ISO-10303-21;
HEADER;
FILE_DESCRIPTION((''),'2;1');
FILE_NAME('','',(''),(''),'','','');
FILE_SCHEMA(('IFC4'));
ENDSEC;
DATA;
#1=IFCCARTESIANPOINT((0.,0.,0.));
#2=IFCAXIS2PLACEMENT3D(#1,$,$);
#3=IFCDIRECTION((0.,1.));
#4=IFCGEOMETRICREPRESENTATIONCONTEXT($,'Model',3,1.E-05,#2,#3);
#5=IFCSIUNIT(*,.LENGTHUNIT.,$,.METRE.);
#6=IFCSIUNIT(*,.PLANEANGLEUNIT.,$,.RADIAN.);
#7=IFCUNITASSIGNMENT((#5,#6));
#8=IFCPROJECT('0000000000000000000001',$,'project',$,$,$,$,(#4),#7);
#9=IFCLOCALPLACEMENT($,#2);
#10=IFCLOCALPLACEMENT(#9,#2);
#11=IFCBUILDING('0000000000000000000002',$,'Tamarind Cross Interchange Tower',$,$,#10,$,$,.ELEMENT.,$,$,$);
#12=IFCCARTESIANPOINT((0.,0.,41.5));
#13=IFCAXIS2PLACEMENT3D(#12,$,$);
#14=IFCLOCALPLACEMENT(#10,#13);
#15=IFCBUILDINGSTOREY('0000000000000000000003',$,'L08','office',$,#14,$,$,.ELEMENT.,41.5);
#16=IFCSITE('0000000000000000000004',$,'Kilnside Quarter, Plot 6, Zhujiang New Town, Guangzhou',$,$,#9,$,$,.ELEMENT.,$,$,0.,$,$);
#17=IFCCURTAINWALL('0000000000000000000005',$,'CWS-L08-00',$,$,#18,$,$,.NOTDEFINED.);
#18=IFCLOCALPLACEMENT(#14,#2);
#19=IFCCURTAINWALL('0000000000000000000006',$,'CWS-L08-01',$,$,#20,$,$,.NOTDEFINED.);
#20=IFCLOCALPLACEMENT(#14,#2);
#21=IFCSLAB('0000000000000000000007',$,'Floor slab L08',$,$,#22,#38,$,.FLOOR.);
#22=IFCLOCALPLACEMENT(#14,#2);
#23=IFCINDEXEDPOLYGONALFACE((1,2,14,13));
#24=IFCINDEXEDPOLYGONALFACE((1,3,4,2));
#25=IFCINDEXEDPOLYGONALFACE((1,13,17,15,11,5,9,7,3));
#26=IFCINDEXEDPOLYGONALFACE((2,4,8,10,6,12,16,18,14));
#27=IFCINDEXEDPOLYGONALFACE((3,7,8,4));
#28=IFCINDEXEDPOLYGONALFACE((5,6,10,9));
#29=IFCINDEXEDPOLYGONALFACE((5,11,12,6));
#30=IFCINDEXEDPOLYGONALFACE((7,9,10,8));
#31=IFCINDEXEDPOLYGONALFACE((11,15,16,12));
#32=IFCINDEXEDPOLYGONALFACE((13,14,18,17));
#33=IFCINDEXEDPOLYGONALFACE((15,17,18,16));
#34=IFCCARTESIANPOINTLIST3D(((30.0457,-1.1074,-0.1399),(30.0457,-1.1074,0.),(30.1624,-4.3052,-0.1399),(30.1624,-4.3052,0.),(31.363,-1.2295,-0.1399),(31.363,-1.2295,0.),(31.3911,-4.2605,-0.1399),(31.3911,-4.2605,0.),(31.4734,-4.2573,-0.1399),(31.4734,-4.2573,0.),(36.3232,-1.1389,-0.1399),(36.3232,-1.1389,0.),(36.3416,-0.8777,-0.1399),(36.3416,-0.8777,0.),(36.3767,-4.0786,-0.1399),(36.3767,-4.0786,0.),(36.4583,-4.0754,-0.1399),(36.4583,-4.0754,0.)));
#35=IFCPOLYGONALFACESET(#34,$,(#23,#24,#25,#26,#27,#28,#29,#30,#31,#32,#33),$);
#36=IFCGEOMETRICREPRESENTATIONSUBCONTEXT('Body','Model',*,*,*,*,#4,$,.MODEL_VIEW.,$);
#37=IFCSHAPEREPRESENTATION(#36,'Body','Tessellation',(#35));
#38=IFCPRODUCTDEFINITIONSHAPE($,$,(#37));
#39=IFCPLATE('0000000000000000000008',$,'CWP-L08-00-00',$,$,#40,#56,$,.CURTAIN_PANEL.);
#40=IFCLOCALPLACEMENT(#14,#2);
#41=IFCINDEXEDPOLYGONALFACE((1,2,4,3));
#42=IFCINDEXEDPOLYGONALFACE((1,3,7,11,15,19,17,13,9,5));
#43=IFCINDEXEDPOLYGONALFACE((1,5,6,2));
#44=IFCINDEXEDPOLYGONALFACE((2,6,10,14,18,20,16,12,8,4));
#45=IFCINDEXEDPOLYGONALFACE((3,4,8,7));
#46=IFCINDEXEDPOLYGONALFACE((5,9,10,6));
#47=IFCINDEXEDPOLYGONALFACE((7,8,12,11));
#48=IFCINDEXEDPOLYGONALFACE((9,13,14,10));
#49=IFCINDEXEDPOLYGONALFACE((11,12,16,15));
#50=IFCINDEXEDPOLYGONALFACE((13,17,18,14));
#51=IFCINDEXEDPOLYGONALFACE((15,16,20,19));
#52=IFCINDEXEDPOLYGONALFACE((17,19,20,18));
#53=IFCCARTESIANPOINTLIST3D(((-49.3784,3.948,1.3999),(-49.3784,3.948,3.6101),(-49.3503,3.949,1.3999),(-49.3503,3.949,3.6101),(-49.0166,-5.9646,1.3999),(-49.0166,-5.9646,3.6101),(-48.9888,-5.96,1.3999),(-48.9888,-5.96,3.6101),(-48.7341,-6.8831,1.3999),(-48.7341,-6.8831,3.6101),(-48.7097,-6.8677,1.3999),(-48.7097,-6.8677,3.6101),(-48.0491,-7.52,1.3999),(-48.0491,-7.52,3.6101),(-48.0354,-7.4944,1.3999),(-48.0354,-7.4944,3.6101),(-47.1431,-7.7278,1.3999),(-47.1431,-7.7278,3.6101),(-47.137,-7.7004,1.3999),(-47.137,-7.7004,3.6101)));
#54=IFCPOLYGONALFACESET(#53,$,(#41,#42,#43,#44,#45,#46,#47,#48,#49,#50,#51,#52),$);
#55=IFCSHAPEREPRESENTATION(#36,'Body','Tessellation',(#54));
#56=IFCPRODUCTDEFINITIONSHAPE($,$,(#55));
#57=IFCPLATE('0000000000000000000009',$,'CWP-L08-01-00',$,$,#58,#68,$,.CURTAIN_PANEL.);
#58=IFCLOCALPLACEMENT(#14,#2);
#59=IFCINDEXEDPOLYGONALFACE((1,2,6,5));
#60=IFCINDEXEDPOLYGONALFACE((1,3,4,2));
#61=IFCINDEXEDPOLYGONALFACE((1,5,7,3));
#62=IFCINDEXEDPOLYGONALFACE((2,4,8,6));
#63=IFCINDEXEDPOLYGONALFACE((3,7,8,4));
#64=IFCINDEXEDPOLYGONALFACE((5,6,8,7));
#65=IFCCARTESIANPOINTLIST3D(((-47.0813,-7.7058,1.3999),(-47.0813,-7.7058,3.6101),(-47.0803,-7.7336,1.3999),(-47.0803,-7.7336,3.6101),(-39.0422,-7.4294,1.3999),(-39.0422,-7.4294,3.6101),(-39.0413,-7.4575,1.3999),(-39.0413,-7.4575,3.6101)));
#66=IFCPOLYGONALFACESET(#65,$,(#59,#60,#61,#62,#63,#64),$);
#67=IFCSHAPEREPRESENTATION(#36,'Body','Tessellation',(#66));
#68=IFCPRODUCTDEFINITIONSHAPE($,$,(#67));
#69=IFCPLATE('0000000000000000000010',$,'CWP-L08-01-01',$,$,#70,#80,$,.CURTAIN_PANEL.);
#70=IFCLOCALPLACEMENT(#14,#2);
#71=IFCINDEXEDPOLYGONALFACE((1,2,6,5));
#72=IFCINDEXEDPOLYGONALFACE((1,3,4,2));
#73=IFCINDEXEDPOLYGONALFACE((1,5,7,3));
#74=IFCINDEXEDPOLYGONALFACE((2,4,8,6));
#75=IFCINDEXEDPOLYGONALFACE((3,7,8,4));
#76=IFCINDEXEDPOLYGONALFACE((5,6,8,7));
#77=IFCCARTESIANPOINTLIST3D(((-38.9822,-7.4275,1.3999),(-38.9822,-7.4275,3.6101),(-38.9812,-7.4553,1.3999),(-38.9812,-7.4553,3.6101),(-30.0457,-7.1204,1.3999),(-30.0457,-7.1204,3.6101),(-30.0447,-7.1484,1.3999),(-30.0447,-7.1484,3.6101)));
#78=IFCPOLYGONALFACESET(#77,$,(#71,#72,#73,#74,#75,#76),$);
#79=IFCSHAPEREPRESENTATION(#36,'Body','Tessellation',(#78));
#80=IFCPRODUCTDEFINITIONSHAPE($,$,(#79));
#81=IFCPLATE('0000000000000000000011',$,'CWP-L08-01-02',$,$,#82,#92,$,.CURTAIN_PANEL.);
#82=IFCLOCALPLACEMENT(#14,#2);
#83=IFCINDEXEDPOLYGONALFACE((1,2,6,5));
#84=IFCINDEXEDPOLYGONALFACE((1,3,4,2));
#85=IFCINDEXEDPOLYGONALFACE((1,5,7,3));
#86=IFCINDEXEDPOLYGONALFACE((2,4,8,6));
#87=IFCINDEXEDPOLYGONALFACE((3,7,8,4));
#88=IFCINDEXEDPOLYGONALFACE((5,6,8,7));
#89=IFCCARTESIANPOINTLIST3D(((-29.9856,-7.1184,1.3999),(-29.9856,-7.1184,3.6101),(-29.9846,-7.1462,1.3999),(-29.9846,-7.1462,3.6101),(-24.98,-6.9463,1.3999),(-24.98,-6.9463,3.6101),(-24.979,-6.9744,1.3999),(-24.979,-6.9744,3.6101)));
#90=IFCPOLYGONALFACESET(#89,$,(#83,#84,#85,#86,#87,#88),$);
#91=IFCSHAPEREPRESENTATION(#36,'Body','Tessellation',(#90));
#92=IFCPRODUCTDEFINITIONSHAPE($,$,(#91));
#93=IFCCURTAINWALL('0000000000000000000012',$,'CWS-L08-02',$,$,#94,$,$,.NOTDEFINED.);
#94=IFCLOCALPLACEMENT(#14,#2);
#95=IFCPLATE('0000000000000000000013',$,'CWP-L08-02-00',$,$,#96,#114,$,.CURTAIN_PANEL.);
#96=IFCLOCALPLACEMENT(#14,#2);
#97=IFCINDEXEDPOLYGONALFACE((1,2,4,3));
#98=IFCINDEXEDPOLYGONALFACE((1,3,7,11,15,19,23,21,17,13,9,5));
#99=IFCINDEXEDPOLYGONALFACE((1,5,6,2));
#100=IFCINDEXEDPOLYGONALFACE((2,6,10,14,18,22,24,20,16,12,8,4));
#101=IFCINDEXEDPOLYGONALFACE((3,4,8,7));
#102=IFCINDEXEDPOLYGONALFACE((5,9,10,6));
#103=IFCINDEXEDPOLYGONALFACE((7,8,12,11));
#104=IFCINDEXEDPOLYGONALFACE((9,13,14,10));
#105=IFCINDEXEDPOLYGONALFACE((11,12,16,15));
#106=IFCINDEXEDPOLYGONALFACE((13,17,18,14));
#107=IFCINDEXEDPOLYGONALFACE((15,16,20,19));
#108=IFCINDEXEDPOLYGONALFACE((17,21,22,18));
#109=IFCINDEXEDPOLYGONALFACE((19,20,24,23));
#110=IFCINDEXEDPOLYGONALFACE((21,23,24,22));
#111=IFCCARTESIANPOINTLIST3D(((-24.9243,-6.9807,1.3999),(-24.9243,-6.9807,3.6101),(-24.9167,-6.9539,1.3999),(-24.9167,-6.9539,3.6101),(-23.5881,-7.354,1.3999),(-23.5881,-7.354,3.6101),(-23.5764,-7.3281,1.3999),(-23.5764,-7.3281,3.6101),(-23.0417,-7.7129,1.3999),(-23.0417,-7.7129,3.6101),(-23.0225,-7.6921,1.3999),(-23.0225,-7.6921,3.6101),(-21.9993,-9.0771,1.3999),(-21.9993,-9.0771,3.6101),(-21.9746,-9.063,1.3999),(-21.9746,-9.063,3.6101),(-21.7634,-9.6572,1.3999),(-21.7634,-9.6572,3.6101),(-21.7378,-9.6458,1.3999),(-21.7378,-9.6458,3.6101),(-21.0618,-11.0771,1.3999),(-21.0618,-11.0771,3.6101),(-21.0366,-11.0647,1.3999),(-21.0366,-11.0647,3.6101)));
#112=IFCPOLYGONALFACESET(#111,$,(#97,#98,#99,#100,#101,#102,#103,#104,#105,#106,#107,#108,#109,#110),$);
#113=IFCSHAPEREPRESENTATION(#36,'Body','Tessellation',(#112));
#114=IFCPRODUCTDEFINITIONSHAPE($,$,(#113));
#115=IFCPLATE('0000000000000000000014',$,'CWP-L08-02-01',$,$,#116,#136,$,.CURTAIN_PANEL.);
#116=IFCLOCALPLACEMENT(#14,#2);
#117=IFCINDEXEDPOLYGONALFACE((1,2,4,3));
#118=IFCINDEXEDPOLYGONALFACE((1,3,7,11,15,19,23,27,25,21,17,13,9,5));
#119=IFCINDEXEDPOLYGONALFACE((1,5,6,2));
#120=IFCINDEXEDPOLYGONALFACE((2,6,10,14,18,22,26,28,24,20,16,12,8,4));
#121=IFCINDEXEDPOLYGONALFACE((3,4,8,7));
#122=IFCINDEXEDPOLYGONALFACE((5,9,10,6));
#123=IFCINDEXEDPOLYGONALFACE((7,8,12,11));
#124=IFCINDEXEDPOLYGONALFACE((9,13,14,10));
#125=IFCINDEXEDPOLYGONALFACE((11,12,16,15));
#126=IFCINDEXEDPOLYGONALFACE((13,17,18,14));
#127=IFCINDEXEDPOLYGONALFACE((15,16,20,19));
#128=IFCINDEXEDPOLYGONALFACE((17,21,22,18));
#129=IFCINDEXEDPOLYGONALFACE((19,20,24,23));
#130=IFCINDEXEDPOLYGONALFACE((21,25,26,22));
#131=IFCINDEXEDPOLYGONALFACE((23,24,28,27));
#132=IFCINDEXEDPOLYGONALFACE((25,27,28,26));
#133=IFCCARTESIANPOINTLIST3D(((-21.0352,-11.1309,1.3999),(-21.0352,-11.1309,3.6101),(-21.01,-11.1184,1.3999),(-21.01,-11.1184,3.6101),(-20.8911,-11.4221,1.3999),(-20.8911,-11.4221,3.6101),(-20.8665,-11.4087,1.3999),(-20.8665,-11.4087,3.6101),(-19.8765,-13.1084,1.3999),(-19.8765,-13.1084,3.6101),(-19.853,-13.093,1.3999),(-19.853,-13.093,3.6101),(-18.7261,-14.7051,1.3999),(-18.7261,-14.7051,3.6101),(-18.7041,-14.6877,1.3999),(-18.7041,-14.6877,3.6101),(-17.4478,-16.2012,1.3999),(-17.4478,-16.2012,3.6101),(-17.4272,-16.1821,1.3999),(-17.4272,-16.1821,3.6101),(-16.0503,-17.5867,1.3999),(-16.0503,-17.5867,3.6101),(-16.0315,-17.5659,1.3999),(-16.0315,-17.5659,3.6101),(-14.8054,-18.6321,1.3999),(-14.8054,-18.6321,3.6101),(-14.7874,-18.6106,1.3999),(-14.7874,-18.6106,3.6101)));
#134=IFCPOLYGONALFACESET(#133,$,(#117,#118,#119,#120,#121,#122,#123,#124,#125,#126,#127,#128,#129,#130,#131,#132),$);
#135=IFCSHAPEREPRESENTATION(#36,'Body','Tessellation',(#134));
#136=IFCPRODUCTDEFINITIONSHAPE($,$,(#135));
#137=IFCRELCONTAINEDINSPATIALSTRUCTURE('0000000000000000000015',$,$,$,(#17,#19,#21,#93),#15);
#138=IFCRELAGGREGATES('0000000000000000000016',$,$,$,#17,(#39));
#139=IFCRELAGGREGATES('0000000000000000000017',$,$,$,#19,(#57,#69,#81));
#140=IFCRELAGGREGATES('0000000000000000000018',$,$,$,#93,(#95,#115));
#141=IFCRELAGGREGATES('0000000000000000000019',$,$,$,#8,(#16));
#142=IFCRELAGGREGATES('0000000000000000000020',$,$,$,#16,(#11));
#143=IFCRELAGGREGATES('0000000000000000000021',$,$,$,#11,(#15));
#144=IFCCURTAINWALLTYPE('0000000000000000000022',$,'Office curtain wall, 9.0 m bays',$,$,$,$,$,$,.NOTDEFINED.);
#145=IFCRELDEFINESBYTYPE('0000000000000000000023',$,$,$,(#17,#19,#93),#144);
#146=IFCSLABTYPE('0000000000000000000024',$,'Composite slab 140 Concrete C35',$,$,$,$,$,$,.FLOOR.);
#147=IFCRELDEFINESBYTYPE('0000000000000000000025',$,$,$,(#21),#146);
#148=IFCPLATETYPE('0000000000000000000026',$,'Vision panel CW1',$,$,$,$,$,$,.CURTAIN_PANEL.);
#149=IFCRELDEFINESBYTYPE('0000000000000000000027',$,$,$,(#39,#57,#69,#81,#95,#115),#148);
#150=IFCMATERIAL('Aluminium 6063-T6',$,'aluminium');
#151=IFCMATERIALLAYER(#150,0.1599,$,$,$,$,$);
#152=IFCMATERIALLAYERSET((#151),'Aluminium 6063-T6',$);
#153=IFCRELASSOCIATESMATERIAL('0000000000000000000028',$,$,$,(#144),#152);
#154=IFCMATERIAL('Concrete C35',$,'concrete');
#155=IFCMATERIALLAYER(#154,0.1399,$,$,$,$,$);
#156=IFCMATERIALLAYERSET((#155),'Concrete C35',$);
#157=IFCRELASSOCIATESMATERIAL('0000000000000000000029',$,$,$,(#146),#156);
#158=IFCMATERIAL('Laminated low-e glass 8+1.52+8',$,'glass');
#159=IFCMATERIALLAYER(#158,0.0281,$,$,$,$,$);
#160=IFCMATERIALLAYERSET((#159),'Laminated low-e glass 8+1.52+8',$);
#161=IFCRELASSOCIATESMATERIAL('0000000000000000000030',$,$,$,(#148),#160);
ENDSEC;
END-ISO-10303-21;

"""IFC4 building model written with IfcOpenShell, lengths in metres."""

from ifc_helpers import new_model, si_unit, direction, frame, origin, place, context, subcontext, project, spatial, polyline, outline, extrude, material, layer, layer_set, type_object, element, aggregate, save


model = new_model("IFC4")

# Units and contexts
model_context = context("Model", 3, precision=1e-05, world=origin(), true_north=direction((0.0, 1.0)))
body_context = subcontext(model_context, "Body", "Model", "MODEL_VIEW")
ifc_project = project(units=[si_unit("LENGTHUNIT", "METRE"), si_unit("PLANEANGLEUNIT", "RADIAN")], contexts=[model_context])

# Site, building, storey
site_placement = place(None, origin())
site = spatial("IfcSite", under=ifc_project, at=site_placement, Name="Kilnside Quarter, Plot 6, Zhujiang New Town, Guangzhou", CompositionType="ELEMENT", RefElevation=0.0)
building_placement = place(site_placement, origin())
building = spatial("IfcBuilding", under=site, at=building_placement, Name="Tamarind Cross Interchange Tower", CompositionType="ELEMENT")
storey_placement = place(building_placement, frame((0.0, 0.0, 41.5)))
storey = spatial("IfcBuildingStorey", under=building, at=storey_placement, Name="L08", Description="office", CompositionType="ELEMENT", Elevation=41.5)

# Curtain walls
ifc_material_1 = material(Name="Aluminium 6063-T6", Category="aluminium")
ifc_layer_1 = layer(ifc_material_1, 0.1599)
ifc_layer_set_1 = layer_set([ifc_layer_1], Name="Aluminium 6063-T6")
curtain_wall_type = type_object("IfcCurtainWallType", Name="Office curtain wall, 9.0 m bays", PredefinedType="NOTDEFINED", material=ifc_layer_set_1)
curtain_wall_1_placement = place(storey_placement, origin())
curtain_wall_1 = element("IfcCurtainWall", 1, at=curtain_wall_1_placement, inside=storey, type_object=curtain_wall_type, Name="CWS-L08-00", PredefinedType="NOTDEFINED")
curtain_wall_2_placement = place(storey_placement, origin())
curtain_wall_2 = element("IfcCurtainWall", 2, at=curtain_wall_2_placement, inside=storey, type_object=curtain_wall_type, Name="CWS-L08-01", PredefinedType="NOTDEFINED")

# Slab
ifc_material_2 = material(Name="Concrete C35", Category="concrete")
ifc_layer_2 = layer(ifc_material_2, 0.1399)
ifc_layer_set_2 = layer_set([ifc_layer_2], Name="Concrete C35")
slab_type = type_object("IfcSlabType", Name="Composite slab 140 Concrete C35", PredefinedType="FLOOR", material=ifc_layer_set_2)
slab_1_placement = place(storey_placement, frame((0.0, 0.0, -0.1399)))
element("IfcSlab", 3, at=slab_1_placement, inside=storey, type_object=slab_type, Name="Floor slab L08", PredefinedType="FLOOR", context=body_context, shape_type="SweptSolid", body=[
    extrude(outline(polyline([(36.3232, -1.1389), (36.3767, -4.0786), (36.4583, -4.0754), (36.3416, -0.8777), (30.0457, -1.1074), (30.1624, -4.3052), (31.3911, -4.2605), (31.4734, -4.2573), (31.363, -1.2295), (36.3232, -1.1389)])), origin(), (0.0, 0.0, 1.0), 0.1399),
])

# Plates
ifc_material_3 = material(Name="Laminated low-e glass 8+1.52+8", Category="glass")
ifc_layer_3 = layer(ifc_material_3, 0.0281)
ifc_layer_set_3 = layer_set([ifc_layer_3], Name="Laminated low-e glass 8+1.52+8")
plate_type = type_object("IfcPlateType", Name="Vision panel CW1", PredefinedType="CURTAIN_PANEL", material=ifc_layer_set_3)
plate_1_placement = place(storey_placement, frame((0.0, 0.0, 1.3999)))
plate_1 = element("IfcPlate", 4, at=plate_1_placement, type_object=plate_type, Name="CWP-L08-00-00", PredefinedType="CURTAIN_PANEL", context=body_context, shape_type="SweptSolid", body=[
    extrude(outline(polyline([(-49.3503, 3.949), (-48.9888, -5.96), (-48.7097, -6.8677), (-48.0354, -7.4944), (-47.137, -7.7004), (-47.1431, -7.7278), (-48.0491, -7.52), (-48.7341, -6.8831), (-49.0166, -5.9646), (-49.3784, 3.948), (-49.3503, 3.949)])), origin(), (0.0, 0.0, 1.0), 2.2102),
])
aggregate(curtain_wall_1, [plate_1])
plate_2_placement = place(storey_placement, frame((0.0, 0.0, 1.3999)))
plate_2 = element("IfcPlate", 5, at=plate_2_placement, type_object=plate_type, Name="CWP-L08-01-00", PredefinedType="CURTAIN_PANEL", context=body_context, shape_type="SweptSolid", body=[
    extrude(outline(polyline([(-47.0813, -7.7058), (-39.0422, -7.4294), (-39.0413, -7.4575), (-47.0803, -7.7336), (-47.0813, -7.7058)])), origin(), (0.0, 0.0, 1.0), 2.2102),
])
plate_3_placement = place(storey_placement, frame((0.0, 0.0, 1.3999)))
plate_3 = element("IfcPlate", 6, at=plate_3_placement, type_object=plate_type, Name="CWP-L08-01-01", PredefinedType="CURTAIN_PANEL", context=body_context, shape_type="SweptSolid", body=[
    extrude(outline(polyline([(-38.9822, -7.4275), (-30.0457, -7.1204), (-30.0447, -7.1484), (-38.9812, -7.4553), (-38.9822, -7.4275)])), origin(), (0.0, 0.0, 1.0), 2.2102),
])
plate_4_placement = place(storey_placement, frame((0.0, 0.0, 1.3999)))
plate_4 = element("IfcPlate", 7, at=plate_4_placement, type_object=plate_type, Name="CWP-L08-01-02", PredefinedType="CURTAIN_PANEL", context=body_context, shape_type="SweptSolid", body=[
    extrude(outline(polyline([(-29.9856, -7.1184), (-24.98, -6.9463), (-24.979, -6.9744), (-29.9846, -7.1462), (-29.9856, -7.1184)])), origin(), (0.0, 0.0, 1.0), 2.2102),
])
aggregate(curtain_wall_2, [plate_2, plate_3, plate_4])

# Curtain wall, plates
curtain_wall_3_placement = place(storey_placement, origin())
curtain_wall_3 = element("IfcCurtainWall", 8, at=curtain_wall_3_placement, inside=storey, type_object=curtain_wall_type, Name="CWS-L08-02", PredefinedType="NOTDEFINED")
plate_5_placement = place(storey_placement, frame((0.0, 0.0, 1.3999)))
plate_5 = element("IfcPlate", 9, at=plate_5_placement, type_object=plate_type, Name="CWP-L08-02-00", PredefinedType="CURTAIN_PANEL", context=body_context, shape_type="SweptSolid", body=[
    extrude(outline(polyline([(-24.9167, -6.9539), (-23.5764, -7.3281), (-23.0225, -7.6921), (-21.9746, -9.063), (-21.7378, -9.6458), (-21.0366, -11.0647), (-21.0618, -11.0771), (-21.7634, -9.6572), (-21.9993, -9.0771), (-23.0417, -7.7129), (-23.5881, -7.354), (-24.9243, -6.9807), (-24.9167, -6.9539)])), origin(), (0.0, 0.0, 1.0), 2.2102),
])
plate_6_placement = place(storey_placement, frame((0.0, 0.0, 1.3999)))
plate_6 = element("IfcPlate", 10, at=plate_6_placement, type_object=plate_type, Name="CWP-L08-02-01", PredefinedType="CURTAIN_PANEL", context=body_context, shape_type="SweptSolid", body=[
    extrude(outline(polyline([(-21.01, -11.1184), (-20.8665, -11.4087), (-19.853, -13.093), (-18.7041, -14.6877), (-17.4272, -16.1821), (-16.0315, -17.5659), (-14.7874, -18.6106), (-14.8054, -18.6321), (-16.0503, -17.5867), (-17.4478, -16.2012), (-18.7261, -14.7051), (-19.8765, -13.1084), (-20.8911, -11.4221), (-21.0352, -11.1309), (-21.01, -11.1184)])), origin(), (0.0, 0.0, 1.0), 2.2102),
])
aggregate(curtain_wall_3, [plate_5, plate_6])

save(model, "model.ifc")
